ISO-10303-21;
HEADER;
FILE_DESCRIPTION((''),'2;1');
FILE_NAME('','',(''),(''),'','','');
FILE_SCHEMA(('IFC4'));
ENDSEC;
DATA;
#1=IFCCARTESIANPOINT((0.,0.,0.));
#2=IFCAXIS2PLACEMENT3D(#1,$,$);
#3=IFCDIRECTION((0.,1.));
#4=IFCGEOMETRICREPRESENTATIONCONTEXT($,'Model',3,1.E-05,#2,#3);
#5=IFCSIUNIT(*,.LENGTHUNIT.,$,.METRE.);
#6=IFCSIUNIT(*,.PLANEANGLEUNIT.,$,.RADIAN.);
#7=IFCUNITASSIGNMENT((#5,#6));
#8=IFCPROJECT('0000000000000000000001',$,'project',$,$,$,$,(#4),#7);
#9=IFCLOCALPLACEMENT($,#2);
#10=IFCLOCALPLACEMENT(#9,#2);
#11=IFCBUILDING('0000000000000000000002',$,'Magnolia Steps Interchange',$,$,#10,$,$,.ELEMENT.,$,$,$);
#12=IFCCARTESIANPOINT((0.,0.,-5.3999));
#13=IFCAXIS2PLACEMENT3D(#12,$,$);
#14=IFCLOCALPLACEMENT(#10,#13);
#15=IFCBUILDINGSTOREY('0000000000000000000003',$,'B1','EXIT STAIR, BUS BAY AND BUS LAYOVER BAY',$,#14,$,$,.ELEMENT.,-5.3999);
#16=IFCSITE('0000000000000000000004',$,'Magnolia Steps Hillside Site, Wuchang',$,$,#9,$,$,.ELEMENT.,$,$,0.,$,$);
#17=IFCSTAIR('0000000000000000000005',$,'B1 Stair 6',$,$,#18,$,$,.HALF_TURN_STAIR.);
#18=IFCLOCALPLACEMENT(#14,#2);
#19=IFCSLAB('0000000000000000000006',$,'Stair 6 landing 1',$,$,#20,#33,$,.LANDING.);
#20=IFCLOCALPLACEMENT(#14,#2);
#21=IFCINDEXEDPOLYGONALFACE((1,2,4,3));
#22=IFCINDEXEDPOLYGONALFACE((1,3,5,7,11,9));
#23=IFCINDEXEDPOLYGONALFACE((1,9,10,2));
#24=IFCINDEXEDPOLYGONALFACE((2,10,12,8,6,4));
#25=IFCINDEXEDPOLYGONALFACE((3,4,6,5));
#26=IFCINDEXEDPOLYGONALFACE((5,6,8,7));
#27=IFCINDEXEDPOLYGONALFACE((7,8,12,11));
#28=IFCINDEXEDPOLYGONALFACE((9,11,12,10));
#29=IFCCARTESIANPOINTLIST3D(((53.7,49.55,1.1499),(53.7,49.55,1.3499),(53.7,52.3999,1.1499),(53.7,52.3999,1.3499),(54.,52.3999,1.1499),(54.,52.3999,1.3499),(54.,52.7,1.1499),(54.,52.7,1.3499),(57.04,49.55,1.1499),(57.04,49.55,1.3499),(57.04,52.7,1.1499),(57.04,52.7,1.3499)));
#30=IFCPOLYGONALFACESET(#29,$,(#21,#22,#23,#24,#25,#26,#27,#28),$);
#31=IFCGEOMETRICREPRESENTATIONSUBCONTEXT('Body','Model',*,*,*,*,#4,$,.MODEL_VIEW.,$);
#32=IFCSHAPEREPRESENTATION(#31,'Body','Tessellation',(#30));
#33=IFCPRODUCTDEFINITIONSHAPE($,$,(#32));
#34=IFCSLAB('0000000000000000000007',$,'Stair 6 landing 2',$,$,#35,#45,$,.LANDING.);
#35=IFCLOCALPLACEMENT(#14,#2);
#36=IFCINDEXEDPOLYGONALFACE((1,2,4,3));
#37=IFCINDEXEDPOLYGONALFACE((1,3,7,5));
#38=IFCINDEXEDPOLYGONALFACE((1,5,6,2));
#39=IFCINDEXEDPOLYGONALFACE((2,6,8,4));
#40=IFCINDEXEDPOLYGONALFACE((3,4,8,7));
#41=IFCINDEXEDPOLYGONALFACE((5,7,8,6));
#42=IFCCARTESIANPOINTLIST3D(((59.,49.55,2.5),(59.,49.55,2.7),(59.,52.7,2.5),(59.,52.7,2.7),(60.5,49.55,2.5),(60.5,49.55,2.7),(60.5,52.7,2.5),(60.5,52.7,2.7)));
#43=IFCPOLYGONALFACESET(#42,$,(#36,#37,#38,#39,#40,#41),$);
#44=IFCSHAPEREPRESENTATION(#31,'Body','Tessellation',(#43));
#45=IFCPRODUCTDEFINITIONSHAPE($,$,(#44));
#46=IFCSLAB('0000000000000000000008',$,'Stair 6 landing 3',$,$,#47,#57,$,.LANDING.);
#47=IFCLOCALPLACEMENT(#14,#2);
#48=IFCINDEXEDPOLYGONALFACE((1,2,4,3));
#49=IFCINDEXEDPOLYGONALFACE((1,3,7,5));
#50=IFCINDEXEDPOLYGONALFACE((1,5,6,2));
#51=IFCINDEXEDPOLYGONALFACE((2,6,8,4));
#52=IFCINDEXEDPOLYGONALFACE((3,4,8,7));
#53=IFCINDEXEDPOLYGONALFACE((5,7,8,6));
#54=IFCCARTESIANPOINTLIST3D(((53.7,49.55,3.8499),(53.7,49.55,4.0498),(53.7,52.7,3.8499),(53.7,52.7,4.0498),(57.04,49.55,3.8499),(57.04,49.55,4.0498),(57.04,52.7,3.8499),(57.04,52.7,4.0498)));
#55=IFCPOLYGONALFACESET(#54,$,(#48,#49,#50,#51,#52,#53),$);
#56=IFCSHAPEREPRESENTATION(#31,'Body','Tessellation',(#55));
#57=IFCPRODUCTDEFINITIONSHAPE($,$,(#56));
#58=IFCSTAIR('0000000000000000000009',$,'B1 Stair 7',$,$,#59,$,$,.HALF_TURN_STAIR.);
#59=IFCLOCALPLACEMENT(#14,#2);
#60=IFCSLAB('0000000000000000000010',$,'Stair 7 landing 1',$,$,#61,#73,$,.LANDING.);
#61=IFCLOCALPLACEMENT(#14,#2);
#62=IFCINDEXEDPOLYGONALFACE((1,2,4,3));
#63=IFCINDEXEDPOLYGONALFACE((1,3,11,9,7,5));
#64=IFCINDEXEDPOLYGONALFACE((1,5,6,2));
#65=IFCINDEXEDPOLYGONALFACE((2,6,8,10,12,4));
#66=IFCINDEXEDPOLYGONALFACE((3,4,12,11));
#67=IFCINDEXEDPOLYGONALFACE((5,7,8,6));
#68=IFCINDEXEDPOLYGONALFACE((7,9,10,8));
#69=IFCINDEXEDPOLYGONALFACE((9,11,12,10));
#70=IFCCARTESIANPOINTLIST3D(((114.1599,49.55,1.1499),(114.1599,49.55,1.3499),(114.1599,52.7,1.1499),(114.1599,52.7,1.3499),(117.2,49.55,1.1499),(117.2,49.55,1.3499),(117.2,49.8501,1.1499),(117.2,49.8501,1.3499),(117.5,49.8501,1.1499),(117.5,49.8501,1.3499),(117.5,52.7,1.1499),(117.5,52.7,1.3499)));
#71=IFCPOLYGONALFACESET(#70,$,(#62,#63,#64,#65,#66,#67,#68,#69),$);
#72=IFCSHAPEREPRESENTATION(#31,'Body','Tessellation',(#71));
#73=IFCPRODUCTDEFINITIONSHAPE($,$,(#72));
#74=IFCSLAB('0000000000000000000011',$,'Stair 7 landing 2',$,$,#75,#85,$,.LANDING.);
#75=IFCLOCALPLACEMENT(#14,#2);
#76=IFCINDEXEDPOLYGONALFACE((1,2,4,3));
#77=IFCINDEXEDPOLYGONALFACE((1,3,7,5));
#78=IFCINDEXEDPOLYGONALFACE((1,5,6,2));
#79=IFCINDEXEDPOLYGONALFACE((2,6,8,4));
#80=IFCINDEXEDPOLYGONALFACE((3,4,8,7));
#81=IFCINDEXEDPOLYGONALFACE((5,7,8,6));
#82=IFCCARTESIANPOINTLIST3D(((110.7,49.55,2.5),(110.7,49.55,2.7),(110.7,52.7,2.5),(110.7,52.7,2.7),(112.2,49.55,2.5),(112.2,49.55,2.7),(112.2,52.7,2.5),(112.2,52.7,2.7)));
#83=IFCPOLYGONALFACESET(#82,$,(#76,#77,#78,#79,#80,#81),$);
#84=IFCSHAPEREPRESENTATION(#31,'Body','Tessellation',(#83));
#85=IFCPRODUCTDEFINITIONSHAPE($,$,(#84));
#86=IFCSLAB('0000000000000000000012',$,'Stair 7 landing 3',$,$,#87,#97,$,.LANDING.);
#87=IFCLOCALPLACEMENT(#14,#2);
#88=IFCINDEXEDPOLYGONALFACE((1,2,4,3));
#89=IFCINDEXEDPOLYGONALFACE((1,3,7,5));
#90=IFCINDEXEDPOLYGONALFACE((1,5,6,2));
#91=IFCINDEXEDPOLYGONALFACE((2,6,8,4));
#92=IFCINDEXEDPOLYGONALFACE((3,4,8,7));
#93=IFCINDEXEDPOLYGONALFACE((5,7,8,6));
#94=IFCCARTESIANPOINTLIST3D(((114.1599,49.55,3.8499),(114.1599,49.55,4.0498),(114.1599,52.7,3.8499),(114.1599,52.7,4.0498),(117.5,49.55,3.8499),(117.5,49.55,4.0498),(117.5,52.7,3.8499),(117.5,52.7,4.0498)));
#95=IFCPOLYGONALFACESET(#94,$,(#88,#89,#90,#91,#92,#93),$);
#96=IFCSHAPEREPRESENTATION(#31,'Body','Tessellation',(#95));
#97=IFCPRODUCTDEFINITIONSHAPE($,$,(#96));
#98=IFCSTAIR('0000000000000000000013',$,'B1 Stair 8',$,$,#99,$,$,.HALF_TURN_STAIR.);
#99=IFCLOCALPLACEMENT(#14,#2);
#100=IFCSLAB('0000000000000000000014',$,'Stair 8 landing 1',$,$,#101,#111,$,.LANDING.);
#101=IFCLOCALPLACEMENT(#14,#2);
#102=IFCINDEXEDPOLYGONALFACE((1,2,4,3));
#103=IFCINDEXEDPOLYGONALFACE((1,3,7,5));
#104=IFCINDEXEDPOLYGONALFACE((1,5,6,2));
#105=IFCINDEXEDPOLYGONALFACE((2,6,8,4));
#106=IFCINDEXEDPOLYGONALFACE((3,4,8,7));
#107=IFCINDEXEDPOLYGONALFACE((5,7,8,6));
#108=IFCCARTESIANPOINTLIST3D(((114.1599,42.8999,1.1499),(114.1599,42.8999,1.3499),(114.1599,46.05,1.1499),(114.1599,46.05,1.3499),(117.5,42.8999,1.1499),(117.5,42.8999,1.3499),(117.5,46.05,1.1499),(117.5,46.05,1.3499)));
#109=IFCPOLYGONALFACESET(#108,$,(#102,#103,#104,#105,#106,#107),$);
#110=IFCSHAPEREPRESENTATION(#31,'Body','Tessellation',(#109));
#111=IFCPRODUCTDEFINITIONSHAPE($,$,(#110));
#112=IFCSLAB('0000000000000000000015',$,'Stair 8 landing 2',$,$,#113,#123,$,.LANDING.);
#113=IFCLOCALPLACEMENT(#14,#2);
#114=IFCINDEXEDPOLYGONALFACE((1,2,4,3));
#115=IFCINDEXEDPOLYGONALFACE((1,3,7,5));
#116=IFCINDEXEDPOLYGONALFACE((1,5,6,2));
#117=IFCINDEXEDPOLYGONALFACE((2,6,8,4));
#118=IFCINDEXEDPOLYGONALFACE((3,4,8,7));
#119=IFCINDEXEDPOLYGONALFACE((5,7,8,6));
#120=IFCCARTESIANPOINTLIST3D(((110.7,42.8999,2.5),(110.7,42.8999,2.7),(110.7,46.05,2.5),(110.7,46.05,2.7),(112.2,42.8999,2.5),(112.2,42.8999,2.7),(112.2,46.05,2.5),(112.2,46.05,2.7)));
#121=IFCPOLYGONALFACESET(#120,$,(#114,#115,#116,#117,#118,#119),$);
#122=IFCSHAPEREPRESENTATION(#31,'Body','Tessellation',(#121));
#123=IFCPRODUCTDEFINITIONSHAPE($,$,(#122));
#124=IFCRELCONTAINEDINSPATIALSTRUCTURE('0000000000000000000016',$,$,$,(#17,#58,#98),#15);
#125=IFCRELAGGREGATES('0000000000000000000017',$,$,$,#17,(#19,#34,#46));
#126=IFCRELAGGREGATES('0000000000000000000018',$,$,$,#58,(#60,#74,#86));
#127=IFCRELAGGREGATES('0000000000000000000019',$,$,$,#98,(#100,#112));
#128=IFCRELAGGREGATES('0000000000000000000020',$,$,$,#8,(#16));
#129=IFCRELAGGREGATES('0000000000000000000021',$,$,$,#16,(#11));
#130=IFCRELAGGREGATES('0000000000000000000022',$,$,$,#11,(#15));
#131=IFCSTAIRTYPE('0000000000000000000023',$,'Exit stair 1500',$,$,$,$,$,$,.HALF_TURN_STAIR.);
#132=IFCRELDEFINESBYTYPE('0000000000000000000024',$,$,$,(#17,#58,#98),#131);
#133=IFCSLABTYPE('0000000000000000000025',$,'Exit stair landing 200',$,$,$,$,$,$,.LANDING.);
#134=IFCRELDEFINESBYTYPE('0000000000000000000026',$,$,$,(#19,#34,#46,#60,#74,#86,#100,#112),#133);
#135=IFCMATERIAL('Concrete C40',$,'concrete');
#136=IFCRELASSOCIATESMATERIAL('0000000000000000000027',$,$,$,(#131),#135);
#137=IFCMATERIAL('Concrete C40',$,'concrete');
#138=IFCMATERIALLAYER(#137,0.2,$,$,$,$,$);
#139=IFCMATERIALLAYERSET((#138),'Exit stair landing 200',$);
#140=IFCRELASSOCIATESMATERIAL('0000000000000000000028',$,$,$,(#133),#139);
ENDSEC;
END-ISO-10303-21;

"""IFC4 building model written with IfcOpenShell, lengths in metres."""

from ifc_helpers import new_model, si_unit, direction, frame, origin, place, context, subcontext, project, spatial, polyline, outline, extrude, material, layer, layer_set, type_object, element, aggregate, save


model = new_model("IFC4")

# Units and contexts
model_context = context("Model", 3, precision=1e-05, world=origin(), true_north=direction((0.0, 1.0)))
body_context = subcontext(model_context, "Body", "Model", "MODEL_VIEW")
ifc_project = project(units=[si_unit("LENGTHUNIT", "METRE"), si_unit("PLANEANGLEUNIT", "RADIAN")], contexts=[model_context])

# Site, building, storey
site_placement = place(None, origin())
site = spatial("IfcSite", under=ifc_project, at=site_placement, Name="Magnolia Steps Hillside Site, Wuchang", CompositionType="ELEMENT", RefElevation=0.0)
building_placement = place(site_placement, origin())
building = spatial("IfcBuilding", under=site, at=building_placement, Name="Magnolia Steps Interchange", CompositionType="ELEMENT")
storey_placement = place(building_placement, frame((0.0, 0.0, -5.3999)))
storey = spatial("IfcBuildingStorey", under=building, at=storey_placement, Name="B1", Description="EXIT STAIR, BUS BAY AND BUS LAYOVER BAY", CompositionType="ELEMENT", Elevation=-5.3999)

# Stairs, slabs
ifc_material_1 = material(Name="Concrete C40", Category="concrete")
stair_type = type_object("IfcStairType", Name="Exit stair 1500", PredefinedType="HALF_TURN_STAIR", material=ifc_material_1)
ifc_material_2 = material(Name="Concrete C40", Category="concrete")
ifc_layer = layer(ifc_material_2, 0.2)
ifc_layer_set = layer_set([ifc_layer], Name="Exit stair landing 200")
slab_type = type_object("IfcSlabType", Name="Exit stair landing 200", PredefinedType="LANDING", material=ifc_layer_set)
stair_1_placement = place(storey_placement, origin())
stair_1 = element("IfcStair", 1, at=stair_1_placement, inside=storey, type_object=stair_type, Name="B1 Stair 6", PredefinedType="HALF_TURN_STAIR")
slab_1_placement = place(storey_placement, frame((0.0, 0.0, 1.1499)))
slab_1 = element("IfcSlab", 2, at=slab_1_placement, type_object=slab_type, Name="Stair 6 landing 1", PredefinedType="LANDING", context=body_context, shape_type="SweptSolid", body=[
    extrude(outline(polyline([(57.04, 52.7), (57.04, 49.55), (53.7, 49.55), (53.7, 52.3999), (54.0, 52.3999), (54.0, 52.7), (57.04, 52.7)])), origin(), (0.0, 0.0, 1.0), 0.2),
])
slab_2_placement = place(storey_placement, frame((0.0, 0.0, 2.5)))
slab_2 = element("IfcSlab", 3, at=slab_2_placement, type_object=slab_type, Name="Stair 6 landing 2", PredefinedType="LANDING", context=body_context, shape_type="SweptSolid", body=[
    extrude(outline(polyline([(60.5, 52.7), (59.0, 52.7), (59.0, 49.55), (60.5, 49.55), (60.5, 52.7)])), origin(), (0.0, 0.0, 1.0), 0.2),
])
slab_3_placement = place(storey_placement, frame((0.0, 0.0, 3.8499)))
slab_3 = element("IfcSlab", 4, at=slab_3_placement, type_object=slab_type, Name="Stair 6 landing 3", PredefinedType="LANDING", context=body_context, shape_type="SweptSolid", body=[
    extrude(outline(polyline([(57.04, 52.7), (53.7, 52.7), (53.7, 49.55), (57.04, 49.55), (57.04, 52.7)])), origin(), (0.0, 0.0, 1.0), 0.2),
])
aggregate(stair_1, [slab_1, slab_2, slab_3])
stair_2_placement = place(storey_placement, origin())
stair_2 = element("IfcStair", 5, at=stair_2_placement, inside=storey, type_object=stair_type, Name="B1 Stair 7", PredefinedType="HALF_TURN_STAIR")
slab_4_placement = place(storey_placement, frame((0.0, 0.0, 1.1499)))
slab_4 = element("IfcSlab", 6, at=slab_4_placement, type_object=slab_type, Name="Stair 7 landing 1", PredefinedType="LANDING", context=body_context, shape_type="SweptSolid", body=[
    extrude(outline(polyline([(114.1599, 49.55), (114.1599, 52.7), (117.5, 52.7), (117.5, 49.8501), (117.2, 49.8501), (117.2, 49.55), (114.1599, 49.55)])), origin(), (0.0, 0.0, 1.0), 0.2),
])
slab_5_placement = place(storey_placement, frame((0.0, 0.0, 2.5)))
slab_5 = element("IfcSlab", 7, at=slab_5_placement, type_object=slab_type, Name="Stair 7 landing 2", PredefinedType="LANDING", context=body_context, shape_type="SweptSolid", body=[
    extrude(outline(polyline([(110.7, 49.55), (112.2, 49.55), (112.2, 52.7), (110.7, 52.7), (110.7, 49.55)])), origin(), (0.0, 0.0, 1.0), 0.2),
])
slab_6_placement = place(storey_placement, frame((0.0, 0.0, 3.8499)))
slab_6 = element("IfcSlab", 8, at=slab_6_placement, type_object=slab_type, Name="Stair 7 landing 3", PredefinedType="LANDING", context=body_context, shape_type="SweptSolid", body=[
    extrude(outline(polyline([(114.1599, 49.55), (117.5, 49.55), (117.5, 52.7), (114.1599, 52.7), (114.1599, 49.55)])), origin(), (0.0, 0.0, 1.0), 0.2),
])
aggregate(stair_2, [slab_4, slab_5, slab_6])
stair_3_placement = place(storey_placement, origin())
stair_3 = element("IfcStair", 9, at=stair_3_placement, inside=storey, type_object=stair_type, Name="B1 Stair 8", PredefinedType="HALF_TURN_STAIR")
slab_7_placement = place(storey_placement, frame((0.0, 0.0, 1.1499)))
slab_7 = element("IfcSlab", 10, at=slab_7_placement, type_object=slab_type, Name="Stair 8 landing 1", PredefinedType="LANDING", context=body_context, shape_type="SweptSolid", body=[
    extrude(outline(polyline([(114.1599, 42.8999), (117.5, 42.8999), (117.5, 46.05), (114.1599, 46.05), (114.1599, 42.8999)])), origin(), (0.0, 0.0, 1.0), 0.2),
])
slab_8_placement = place(storey_placement, frame((0.0, 0.0, 2.5)))
slab_8 = element("IfcSlab", 11, at=slab_8_placement, type_object=slab_type, Name="Stair 8 landing 2", PredefinedType="LANDING", context=body_context, shape_type="SweptSolid", body=[
    extrude(outline(polyline([(110.7, 42.8999), (112.2, 42.8999), (112.2, 46.05), (110.7, 46.05), (110.7, 42.8999)])), origin(), (0.0, 0.0, 1.0), 0.2),
])
aggregate(stair_3, [slab_7, slab_8])

save(model, "model.ifc")
